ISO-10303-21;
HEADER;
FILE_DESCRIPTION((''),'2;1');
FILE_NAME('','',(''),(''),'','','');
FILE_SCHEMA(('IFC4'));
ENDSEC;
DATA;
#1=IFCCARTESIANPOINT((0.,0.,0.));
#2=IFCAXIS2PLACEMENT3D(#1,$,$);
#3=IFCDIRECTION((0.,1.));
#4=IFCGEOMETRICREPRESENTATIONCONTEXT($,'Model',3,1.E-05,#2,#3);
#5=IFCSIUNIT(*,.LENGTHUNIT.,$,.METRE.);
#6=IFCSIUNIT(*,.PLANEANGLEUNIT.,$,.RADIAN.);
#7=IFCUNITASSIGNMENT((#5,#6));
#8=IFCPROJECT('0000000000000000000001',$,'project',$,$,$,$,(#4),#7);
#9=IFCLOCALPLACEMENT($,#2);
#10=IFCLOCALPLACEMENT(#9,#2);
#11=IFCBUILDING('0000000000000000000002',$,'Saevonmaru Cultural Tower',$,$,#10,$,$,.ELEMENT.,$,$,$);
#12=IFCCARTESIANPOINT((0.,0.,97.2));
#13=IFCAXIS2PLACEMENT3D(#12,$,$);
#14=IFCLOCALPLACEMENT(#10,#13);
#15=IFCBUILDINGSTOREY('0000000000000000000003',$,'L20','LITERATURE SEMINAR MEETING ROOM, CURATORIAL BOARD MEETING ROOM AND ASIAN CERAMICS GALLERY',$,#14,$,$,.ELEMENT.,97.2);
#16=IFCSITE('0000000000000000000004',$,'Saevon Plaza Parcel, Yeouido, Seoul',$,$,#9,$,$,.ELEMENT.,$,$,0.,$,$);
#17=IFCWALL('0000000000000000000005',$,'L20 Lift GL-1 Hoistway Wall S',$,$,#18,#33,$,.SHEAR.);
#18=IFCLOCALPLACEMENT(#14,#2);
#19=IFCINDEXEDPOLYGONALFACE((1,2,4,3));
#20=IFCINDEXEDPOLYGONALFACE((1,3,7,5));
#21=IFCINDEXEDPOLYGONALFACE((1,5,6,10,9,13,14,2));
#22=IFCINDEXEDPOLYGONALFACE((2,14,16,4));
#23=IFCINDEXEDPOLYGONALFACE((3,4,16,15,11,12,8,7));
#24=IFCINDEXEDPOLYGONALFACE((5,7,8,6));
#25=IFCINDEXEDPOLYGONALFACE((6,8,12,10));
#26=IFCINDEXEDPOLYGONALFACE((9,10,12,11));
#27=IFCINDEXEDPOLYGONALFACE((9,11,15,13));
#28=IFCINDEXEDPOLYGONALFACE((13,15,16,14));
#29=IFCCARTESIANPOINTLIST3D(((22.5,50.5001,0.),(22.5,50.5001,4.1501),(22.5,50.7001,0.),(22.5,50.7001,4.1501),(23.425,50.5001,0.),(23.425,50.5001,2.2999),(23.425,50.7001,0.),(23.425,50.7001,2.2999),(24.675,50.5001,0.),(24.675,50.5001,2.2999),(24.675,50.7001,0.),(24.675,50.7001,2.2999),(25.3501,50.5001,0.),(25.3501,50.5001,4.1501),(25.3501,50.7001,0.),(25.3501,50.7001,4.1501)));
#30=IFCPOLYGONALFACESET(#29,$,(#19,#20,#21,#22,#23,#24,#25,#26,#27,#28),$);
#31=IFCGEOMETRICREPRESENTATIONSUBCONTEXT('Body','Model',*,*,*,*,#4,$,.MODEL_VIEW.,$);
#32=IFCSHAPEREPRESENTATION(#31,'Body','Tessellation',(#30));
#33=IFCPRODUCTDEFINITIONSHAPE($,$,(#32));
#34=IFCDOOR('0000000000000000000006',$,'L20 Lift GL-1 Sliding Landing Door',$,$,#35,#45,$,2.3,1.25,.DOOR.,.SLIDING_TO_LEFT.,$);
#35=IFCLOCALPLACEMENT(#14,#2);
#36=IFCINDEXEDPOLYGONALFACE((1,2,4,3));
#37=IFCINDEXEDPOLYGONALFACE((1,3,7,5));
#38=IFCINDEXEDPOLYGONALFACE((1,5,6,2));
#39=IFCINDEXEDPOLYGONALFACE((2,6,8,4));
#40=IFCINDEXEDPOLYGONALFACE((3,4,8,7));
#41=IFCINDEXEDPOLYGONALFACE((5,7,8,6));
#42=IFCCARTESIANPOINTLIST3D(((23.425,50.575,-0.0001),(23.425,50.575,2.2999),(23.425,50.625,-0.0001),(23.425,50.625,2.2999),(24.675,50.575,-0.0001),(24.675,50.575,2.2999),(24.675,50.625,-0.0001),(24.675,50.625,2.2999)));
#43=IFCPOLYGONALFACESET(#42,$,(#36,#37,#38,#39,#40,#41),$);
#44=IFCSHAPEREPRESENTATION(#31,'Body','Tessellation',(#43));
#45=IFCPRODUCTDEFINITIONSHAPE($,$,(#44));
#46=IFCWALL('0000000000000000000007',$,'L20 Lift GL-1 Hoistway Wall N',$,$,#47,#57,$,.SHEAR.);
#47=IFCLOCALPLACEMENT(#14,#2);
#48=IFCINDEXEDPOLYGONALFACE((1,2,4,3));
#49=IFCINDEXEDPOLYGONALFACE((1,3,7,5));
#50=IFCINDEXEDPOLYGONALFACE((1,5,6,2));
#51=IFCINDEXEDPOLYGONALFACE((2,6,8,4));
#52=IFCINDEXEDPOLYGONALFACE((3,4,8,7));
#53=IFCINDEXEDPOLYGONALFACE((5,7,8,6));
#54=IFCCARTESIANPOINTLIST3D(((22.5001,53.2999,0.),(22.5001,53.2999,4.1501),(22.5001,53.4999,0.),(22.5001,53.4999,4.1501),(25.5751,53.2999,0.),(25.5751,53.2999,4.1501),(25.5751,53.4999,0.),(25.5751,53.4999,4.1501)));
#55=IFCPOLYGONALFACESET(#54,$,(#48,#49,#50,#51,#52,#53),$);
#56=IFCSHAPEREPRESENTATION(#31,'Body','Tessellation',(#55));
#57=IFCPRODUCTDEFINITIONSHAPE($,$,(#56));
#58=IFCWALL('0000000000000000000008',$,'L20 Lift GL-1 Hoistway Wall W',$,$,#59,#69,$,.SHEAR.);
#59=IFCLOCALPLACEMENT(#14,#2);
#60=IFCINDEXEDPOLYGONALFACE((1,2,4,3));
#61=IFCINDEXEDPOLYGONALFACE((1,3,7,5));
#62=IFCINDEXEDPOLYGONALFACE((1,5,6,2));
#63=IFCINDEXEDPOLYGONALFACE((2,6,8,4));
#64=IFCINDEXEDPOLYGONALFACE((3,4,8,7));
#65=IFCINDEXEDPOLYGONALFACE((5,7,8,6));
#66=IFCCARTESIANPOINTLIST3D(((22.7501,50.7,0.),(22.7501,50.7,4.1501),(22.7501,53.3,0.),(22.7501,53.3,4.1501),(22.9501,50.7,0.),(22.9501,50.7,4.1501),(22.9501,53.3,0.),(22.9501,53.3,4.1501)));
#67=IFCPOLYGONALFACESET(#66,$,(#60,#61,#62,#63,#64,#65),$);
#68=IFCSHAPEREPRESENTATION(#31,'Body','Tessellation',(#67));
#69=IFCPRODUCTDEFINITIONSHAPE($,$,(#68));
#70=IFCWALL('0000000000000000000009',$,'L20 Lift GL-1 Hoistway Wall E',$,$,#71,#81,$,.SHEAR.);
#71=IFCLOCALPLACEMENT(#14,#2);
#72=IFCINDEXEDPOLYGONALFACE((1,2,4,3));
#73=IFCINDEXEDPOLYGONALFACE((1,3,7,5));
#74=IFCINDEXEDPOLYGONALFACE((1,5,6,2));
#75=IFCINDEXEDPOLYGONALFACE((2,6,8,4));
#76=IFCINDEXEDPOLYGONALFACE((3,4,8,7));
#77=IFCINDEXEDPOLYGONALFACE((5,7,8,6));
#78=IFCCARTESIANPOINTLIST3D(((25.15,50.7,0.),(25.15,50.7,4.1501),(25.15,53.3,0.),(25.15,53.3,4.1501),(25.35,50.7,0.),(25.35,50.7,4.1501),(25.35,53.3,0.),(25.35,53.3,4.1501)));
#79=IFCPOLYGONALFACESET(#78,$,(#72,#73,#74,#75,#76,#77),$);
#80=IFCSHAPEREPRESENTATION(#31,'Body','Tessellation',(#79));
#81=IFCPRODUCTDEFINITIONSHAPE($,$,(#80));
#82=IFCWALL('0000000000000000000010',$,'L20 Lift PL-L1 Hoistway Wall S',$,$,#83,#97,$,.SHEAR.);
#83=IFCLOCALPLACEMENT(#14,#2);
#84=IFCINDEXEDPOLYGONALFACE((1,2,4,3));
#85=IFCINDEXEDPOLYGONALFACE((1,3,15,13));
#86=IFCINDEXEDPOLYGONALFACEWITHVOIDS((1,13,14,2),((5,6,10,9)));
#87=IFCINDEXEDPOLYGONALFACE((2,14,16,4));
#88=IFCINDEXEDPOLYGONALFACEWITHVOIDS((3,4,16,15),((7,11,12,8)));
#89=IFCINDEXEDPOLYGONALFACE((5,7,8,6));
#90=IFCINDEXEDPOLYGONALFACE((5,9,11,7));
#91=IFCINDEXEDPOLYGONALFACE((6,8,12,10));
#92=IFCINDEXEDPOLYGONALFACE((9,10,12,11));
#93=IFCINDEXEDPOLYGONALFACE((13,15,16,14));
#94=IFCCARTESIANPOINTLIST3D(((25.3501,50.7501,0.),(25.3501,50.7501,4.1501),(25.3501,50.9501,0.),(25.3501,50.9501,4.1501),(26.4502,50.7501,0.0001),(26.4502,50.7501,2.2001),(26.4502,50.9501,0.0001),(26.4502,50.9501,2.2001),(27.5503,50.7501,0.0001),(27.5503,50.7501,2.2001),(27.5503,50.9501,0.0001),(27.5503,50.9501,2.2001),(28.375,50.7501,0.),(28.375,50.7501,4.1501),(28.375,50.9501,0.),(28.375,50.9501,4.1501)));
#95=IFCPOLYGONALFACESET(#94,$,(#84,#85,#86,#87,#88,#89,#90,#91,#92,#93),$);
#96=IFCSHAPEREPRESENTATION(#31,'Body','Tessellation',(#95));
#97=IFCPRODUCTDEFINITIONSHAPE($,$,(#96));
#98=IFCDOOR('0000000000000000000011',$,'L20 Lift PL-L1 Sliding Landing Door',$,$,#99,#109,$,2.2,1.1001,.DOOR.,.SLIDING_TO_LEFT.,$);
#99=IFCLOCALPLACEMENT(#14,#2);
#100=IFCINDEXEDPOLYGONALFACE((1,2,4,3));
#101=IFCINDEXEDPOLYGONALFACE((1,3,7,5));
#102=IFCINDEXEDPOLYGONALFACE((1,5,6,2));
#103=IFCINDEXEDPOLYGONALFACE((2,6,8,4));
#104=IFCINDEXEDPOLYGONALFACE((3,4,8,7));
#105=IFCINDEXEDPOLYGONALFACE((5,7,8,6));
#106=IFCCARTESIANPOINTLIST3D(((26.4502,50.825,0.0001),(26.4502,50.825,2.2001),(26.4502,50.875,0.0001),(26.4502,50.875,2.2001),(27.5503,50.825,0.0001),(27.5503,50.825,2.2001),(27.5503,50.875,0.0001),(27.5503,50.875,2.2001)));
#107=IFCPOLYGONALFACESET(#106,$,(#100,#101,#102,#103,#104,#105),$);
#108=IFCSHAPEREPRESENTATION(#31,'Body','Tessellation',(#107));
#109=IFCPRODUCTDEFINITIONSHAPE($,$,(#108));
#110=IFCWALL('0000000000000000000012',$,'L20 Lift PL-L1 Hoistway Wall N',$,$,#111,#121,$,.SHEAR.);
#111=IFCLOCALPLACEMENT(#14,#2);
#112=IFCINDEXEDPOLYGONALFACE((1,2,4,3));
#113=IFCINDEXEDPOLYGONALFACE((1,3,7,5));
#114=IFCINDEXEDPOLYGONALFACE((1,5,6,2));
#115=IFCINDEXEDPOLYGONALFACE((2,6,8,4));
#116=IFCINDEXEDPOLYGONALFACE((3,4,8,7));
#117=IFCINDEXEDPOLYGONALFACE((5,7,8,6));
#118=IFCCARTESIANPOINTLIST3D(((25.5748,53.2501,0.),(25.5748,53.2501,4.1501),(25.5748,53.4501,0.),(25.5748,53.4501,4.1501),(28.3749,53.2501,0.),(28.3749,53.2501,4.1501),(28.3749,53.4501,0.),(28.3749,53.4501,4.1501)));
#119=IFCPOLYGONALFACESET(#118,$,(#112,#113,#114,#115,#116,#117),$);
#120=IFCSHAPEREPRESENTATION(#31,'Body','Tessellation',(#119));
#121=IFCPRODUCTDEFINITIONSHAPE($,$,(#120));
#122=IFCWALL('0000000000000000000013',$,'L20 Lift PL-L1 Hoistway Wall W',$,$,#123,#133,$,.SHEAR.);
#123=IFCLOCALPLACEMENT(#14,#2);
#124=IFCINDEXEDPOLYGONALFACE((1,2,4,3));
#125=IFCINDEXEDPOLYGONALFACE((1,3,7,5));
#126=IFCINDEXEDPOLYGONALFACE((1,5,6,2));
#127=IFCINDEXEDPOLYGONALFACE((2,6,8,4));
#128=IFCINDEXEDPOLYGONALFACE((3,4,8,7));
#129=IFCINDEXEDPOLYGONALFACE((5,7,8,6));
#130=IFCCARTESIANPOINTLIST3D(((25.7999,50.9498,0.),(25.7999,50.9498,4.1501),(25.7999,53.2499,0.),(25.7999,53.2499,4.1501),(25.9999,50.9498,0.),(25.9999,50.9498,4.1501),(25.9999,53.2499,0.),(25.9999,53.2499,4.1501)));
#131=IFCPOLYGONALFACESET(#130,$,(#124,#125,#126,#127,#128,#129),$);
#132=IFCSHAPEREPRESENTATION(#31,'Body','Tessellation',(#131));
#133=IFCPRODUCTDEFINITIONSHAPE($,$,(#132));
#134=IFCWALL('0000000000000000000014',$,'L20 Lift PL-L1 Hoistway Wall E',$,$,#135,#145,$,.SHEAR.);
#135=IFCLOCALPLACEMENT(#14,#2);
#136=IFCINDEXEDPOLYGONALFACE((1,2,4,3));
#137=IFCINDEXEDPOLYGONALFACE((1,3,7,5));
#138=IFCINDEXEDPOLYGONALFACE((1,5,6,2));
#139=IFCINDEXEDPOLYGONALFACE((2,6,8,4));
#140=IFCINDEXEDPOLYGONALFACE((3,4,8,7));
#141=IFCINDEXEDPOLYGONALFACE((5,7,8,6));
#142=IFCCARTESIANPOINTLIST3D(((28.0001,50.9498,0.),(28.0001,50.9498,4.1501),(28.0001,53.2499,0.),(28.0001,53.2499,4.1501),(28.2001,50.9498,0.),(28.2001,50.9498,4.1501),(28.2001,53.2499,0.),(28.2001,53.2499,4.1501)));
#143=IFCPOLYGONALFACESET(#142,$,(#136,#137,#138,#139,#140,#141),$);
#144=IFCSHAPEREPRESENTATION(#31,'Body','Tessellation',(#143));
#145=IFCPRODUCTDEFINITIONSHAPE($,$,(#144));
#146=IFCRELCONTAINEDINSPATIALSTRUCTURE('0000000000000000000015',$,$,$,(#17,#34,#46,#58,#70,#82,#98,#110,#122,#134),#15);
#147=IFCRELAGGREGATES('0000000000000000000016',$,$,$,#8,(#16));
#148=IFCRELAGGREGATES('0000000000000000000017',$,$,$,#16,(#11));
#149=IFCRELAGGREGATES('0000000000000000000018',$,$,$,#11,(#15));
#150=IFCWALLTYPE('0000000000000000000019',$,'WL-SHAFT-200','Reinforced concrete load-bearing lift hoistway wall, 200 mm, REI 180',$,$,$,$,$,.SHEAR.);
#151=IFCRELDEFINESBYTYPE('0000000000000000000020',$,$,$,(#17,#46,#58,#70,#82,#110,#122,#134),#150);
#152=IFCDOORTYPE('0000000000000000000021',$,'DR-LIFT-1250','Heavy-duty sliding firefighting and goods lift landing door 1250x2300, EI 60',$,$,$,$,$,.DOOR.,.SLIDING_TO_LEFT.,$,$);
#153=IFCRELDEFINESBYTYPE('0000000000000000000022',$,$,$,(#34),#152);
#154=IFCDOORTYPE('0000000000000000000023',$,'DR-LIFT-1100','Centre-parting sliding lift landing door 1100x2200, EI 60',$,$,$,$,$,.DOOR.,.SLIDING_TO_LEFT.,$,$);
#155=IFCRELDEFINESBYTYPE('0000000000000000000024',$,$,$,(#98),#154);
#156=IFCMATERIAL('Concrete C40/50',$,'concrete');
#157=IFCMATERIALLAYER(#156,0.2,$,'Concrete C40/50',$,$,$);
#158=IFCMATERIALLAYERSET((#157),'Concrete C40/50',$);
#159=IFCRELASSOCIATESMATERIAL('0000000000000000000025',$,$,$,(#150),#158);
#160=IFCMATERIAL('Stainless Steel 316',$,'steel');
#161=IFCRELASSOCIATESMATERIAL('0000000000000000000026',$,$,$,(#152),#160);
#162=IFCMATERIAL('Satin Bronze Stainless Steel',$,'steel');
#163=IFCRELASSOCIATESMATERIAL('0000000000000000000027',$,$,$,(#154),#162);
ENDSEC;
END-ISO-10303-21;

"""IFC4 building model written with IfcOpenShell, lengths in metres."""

from ifc_helpers import new_model, si_unit, direction, frame, frame_2d, origin, place, context, subcontext, project, spatial, rectangle, extrude, material, layer, layer_set, type_object, element, fill, save


model = new_model("IFC4")

# Units and contexts
model_context = context("Model", 3, precision=1e-05, world=origin(), true_north=direction((0.0, 1.0)))
body_context = subcontext(model_context, "Body", "Model", "MODEL_VIEW")
ifc_project = project(units=[si_unit("LENGTHUNIT", "METRE"), si_unit("PLANEANGLEUNIT", "RADIAN")], contexts=[model_context])

# Site, building, storey
site_placement = place(None, origin())
site = spatial("IfcSite", under=ifc_project, at=site_placement, Name="Saevon Plaza Parcel, Yeouido, Seoul", CompositionType="ELEMENT", RefElevation=0.0)
building_placement = place(site_placement, origin())
building = spatial("IfcBuilding", under=site, at=building_placement, Name="Saevonmaru Cultural Tower", CompositionType="ELEMENT")
storey_placement = place(building_placement, frame((0.0, 0.0, 97.2)))
storey = spatial("IfcBuildingStorey", under=building, at=storey_placement, Name="L20", Description="LITERATURE SEMINAR MEETING ROOM, CURATORIAL BOARD MEETING ROOM AND ASIAN CERAMICS GALLERY", CompositionType="ELEMENT", Elevation=97.2)

# Shared definitions
ifc_material_1 = material(Name="Concrete C40/50", Category="concrete")
ifc_layer_1 = layer(ifc_material_1, 0.2, Name="Concrete C40/50")
ifc_layer_set_1 = layer_set([ifc_layer_1], Name="Concrete C40/50")
wall_type_1 = type_object("IfcWallType", Name="WL-SHAFT-200", Description="Reinforced concrete load-bearing lift hoistway wall, 200 mm, REI 180", PredefinedType="SHEAR", material=ifc_layer_set_1)
ifc_material_2 = material(Name="Stainless Steel 316", Category="steel")
door_type_1 = type_object("IfcDoorType", Name="DR-LIFT-1250", Description="Heavy-duty sliding firefighting and goods lift landing door 1250x2300, EI 60", OperationType="SLIDING_TO_LEFT", PredefinedType="DOOR", material=ifc_material_2)

# Wall, opening, door
wall_1_placement = place(storey_placement, frame((22.5, 50.6001, 0.0), z_axis=(0.0, 0.0, 1.0), x_axis=(1.0, 0.0, 0.0)))
wall_1 = element("IfcWall", 1, at=wall_1_placement, inside=storey, type_object=wall_type_1, Name="L20 Lift GL-1 Hoistway Wall S", PredefinedType="SHEAR", context=body_context, shape_type="SweptSolid", body=[
    extrude(rectangle(XDim=2.8501, YDim=0.2, at=frame_2d((1.425, 0.0))), origin(), (0.0, 0.0, 1.0), 4.1501),
])
opening_1_placement = place(wall_1_placement, frame((0.925, 0.0, 0.0)))
opening_1 = element("IfcOpeningElement", 2, at=opening_1_placement, cuts=wall_1, PredefinedType="OPENING", context=body_context, shape_type="SweptSolid", body=[
    extrude(rectangle(XDim=1.25, YDim=2.3, at=frame_2d((0.625, 1.1499))), frame((0.0, 0.1099, 0.0), z_axis=(0.0, -1.0, 0.0), x_axis=(1.0, 0.0, 0.0)), (0.0, 0.0, 1.0), 0.22),
])
door_1_placement = place(opening_1_placement, origin())
door_1 = element("IfcDoor", 3, at=door_1_placement, inside=storey, type_object=door_type_1, Name="L20 Lift GL-1 Sliding Landing Door", OperationType="SLIDING_TO_LEFT", OverallHeight=2.3, OverallWidth=1.25, PredefinedType="DOOR", context=body_context, shape_type="SweptSolid", body=[
    extrude(rectangle(XDim=1.25, YDim=2.3, at=frame_2d((0.625, 1.1499))), frame((0.0, 0.0249, 0.0), z_axis=(0.0, -1.0, 0.0), x_axis=(1.0, 0.0, 0.0)), (0.0, 0.0, 1.0), 0.05),
])
fill(opening_1, door_1)

# Walls
wall_2_placement = place(storey_placement, frame((22.5, 53.3999, 0.0), z_axis=(0.0, 0.0, 1.0), x_axis=(1.0, 0.0, 0.0)))
element("IfcWall", 4, at=wall_2_placement, inside=storey, type_object=wall_type_1, Name="L20 Lift GL-1 Hoistway Wall N", PredefinedType="SHEAR", context=body_context, shape_type="SweptSolid", body=[
    extrude(rectangle(XDim=3.075, YDim=0.2, at=frame_2d((1.5376, 0.0))), origin(), (0.0, 0.0, 1.0), 4.1501),
])
for number, where, z_axis, x_axis, name in (
    (5, (22.8501, 50.7, 0.0), (0.0, 0.0, 1.0), (0.0, 1.0, 0.0), "L20 Lift GL-1 Hoistway Wall W"),
    (6, (25.25, 50.7, 0.0), (0.0, 0.0, 1.0), (0.0, 1.0, 0.0), "L20 Lift GL-1 Hoistway Wall E"),
):
    element("IfcWall", number, at=place(storey_placement, frame(where, z_axis=z_axis, x_axis=x_axis)), inside=storey, type_object=wall_type_1, Name=name, PredefinedType="SHEAR", context=body_context, shape_type="SweptSolid", body=[
        extrude(rectangle(XDim=2.6001, YDim=0.2, at=frame_2d((1.3, 0.0))), origin(), (0.0, 0.0, 1.0), 4.1501),
    ])

# Wall, opening, door
wall_3_placement = place(storey_placement, frame((25.3501, 50.8501, 0.0), z_axis=(0.0, 0.0, 1.0), x_axis=(1.0, 0.0, 0.0)))
wall_3 = element("IfcWall", 7, at=wall_3_placement, inside=storey, type_object=wall_type_1, Name="L20 Lift PL-L1 Hoistway Wall S", PredefinedType="SHEAR", context=body_context, shape_type="SweptSolid", body=[
    extrude(rectangle(XDim=3.0249, YDim=0.2, at=frame_2d((1.5125, 0.0))), origin(), (0.0, 0.0, 1.0), 4.1501),
])
opening_2_placement = place(wall_3_placement, frame((1.1001, 0.0, 0.0)))
opening_2 = element("IfcOpeningElement", 8, at=opening_2_placement, cuts=wall_3, PredefinedType="OPENING", context=body_context, shape_type="SweptSolid", body=[
    extrude(rectangle(XDim=1.1001, YDim=2.2, at=frame_2d((0.55, 1.1001))), frame((0.0, 0.1099, 0.0), z_axis=(0.0, -1.0, 0.0), x_axis=(1.0, 0.0, 0.0)), (0.0, 0.0, 1.0), 0.22),
])
ifc_material_3 = material(Name="Satin Bronze Stainless Steel", Category="steel")
door_type_2 = type_object("IfcDoorType", Name="DR-LIFT-1100", Description="Centre-parting sliding lift landing door 1100x2200, EI 60", OperationType="SLIDING_TO_LEFT", PredefinedType="DOOR", material=ifc_material_3)
door_2_placement = place(opening_2_placement, origin())
door_2 = element("IfcDoor", 9, at=door_2_placement, inside=storey, type_object=door_type_2, Name="L20 Lift PL-L1 Sliding Landing Door", OperationType="SLIDING_TO_LEFT", OverallHeight=2.2, OverallWidth=1.1001, PredefinedType="DOOR", context=body_context, shape_type="SweptSolid", body=[
    extrude(rectangle(XDim=1.1001, YDim=2.2, at=frame_2d((0.55, 1.1001))), frame((0.0, 0.0249, 0.0), z_axis=(0.0, -1.0, 0.0), x_axis=(1.0, 0.0, 0.0)), (0.0, 0.0, 1.0), 0.05),
])
fill(opening_2, door_2)

# Walls
wall_4_placement = place(storey_placement, frame((25.575, 53.3501, 0.0), z_axis=(0.0, 0.0, 1.0), x_axis=(1.0, 0.0, 0.0)))
element("IfcWall", 10, at=wall_4_placement, inside=storey, type_object=wall_type_1, Name="L20 Lift PL-L1 Hoistway Wall N", PredefinedType="SHEAR", context=body_context, shape_type="SweptSolid", body=[
    extrude(rectangle(XDim=2.8, YDim=0.2, at=frame_2d((1.3999, 0.0))), origin(), (0.0, 0.0, 1.0), 4.1501),
])
for number, where, z_axis, x_axis, name in (
    (11, (25.8999, 50.95, 0.0), (0.0, 0.0, 1.0), (0.0, 1.0, 0.0), "L20 Lift PL-L1 Hoistway Wall W"),
    (12, (28.1001, 50.95, 0.0), (0.0, 0.0, 1.0), (0.0, 1.0, 0.0), "L20 Lift PL-L1 Hoistway Wall E"),
):
    element("IfcWall", number, at=place(storey_placement, frame(where, z_axis=z_axis, x_axis=x_axis)), inside=storey, type_object=wall_type_1, Name=name, PredefinedType="SHEAR", context=body_context, shape_type="SweptSolid", body=[
        extrude(rectangle(XDim=2.3, YDim=0.2, at=frame_2d((1.1499, 0.0))), origin(), (0.0, 0.0, 1.0), 4.1501),
    ])

save(model, "model.ifc")
